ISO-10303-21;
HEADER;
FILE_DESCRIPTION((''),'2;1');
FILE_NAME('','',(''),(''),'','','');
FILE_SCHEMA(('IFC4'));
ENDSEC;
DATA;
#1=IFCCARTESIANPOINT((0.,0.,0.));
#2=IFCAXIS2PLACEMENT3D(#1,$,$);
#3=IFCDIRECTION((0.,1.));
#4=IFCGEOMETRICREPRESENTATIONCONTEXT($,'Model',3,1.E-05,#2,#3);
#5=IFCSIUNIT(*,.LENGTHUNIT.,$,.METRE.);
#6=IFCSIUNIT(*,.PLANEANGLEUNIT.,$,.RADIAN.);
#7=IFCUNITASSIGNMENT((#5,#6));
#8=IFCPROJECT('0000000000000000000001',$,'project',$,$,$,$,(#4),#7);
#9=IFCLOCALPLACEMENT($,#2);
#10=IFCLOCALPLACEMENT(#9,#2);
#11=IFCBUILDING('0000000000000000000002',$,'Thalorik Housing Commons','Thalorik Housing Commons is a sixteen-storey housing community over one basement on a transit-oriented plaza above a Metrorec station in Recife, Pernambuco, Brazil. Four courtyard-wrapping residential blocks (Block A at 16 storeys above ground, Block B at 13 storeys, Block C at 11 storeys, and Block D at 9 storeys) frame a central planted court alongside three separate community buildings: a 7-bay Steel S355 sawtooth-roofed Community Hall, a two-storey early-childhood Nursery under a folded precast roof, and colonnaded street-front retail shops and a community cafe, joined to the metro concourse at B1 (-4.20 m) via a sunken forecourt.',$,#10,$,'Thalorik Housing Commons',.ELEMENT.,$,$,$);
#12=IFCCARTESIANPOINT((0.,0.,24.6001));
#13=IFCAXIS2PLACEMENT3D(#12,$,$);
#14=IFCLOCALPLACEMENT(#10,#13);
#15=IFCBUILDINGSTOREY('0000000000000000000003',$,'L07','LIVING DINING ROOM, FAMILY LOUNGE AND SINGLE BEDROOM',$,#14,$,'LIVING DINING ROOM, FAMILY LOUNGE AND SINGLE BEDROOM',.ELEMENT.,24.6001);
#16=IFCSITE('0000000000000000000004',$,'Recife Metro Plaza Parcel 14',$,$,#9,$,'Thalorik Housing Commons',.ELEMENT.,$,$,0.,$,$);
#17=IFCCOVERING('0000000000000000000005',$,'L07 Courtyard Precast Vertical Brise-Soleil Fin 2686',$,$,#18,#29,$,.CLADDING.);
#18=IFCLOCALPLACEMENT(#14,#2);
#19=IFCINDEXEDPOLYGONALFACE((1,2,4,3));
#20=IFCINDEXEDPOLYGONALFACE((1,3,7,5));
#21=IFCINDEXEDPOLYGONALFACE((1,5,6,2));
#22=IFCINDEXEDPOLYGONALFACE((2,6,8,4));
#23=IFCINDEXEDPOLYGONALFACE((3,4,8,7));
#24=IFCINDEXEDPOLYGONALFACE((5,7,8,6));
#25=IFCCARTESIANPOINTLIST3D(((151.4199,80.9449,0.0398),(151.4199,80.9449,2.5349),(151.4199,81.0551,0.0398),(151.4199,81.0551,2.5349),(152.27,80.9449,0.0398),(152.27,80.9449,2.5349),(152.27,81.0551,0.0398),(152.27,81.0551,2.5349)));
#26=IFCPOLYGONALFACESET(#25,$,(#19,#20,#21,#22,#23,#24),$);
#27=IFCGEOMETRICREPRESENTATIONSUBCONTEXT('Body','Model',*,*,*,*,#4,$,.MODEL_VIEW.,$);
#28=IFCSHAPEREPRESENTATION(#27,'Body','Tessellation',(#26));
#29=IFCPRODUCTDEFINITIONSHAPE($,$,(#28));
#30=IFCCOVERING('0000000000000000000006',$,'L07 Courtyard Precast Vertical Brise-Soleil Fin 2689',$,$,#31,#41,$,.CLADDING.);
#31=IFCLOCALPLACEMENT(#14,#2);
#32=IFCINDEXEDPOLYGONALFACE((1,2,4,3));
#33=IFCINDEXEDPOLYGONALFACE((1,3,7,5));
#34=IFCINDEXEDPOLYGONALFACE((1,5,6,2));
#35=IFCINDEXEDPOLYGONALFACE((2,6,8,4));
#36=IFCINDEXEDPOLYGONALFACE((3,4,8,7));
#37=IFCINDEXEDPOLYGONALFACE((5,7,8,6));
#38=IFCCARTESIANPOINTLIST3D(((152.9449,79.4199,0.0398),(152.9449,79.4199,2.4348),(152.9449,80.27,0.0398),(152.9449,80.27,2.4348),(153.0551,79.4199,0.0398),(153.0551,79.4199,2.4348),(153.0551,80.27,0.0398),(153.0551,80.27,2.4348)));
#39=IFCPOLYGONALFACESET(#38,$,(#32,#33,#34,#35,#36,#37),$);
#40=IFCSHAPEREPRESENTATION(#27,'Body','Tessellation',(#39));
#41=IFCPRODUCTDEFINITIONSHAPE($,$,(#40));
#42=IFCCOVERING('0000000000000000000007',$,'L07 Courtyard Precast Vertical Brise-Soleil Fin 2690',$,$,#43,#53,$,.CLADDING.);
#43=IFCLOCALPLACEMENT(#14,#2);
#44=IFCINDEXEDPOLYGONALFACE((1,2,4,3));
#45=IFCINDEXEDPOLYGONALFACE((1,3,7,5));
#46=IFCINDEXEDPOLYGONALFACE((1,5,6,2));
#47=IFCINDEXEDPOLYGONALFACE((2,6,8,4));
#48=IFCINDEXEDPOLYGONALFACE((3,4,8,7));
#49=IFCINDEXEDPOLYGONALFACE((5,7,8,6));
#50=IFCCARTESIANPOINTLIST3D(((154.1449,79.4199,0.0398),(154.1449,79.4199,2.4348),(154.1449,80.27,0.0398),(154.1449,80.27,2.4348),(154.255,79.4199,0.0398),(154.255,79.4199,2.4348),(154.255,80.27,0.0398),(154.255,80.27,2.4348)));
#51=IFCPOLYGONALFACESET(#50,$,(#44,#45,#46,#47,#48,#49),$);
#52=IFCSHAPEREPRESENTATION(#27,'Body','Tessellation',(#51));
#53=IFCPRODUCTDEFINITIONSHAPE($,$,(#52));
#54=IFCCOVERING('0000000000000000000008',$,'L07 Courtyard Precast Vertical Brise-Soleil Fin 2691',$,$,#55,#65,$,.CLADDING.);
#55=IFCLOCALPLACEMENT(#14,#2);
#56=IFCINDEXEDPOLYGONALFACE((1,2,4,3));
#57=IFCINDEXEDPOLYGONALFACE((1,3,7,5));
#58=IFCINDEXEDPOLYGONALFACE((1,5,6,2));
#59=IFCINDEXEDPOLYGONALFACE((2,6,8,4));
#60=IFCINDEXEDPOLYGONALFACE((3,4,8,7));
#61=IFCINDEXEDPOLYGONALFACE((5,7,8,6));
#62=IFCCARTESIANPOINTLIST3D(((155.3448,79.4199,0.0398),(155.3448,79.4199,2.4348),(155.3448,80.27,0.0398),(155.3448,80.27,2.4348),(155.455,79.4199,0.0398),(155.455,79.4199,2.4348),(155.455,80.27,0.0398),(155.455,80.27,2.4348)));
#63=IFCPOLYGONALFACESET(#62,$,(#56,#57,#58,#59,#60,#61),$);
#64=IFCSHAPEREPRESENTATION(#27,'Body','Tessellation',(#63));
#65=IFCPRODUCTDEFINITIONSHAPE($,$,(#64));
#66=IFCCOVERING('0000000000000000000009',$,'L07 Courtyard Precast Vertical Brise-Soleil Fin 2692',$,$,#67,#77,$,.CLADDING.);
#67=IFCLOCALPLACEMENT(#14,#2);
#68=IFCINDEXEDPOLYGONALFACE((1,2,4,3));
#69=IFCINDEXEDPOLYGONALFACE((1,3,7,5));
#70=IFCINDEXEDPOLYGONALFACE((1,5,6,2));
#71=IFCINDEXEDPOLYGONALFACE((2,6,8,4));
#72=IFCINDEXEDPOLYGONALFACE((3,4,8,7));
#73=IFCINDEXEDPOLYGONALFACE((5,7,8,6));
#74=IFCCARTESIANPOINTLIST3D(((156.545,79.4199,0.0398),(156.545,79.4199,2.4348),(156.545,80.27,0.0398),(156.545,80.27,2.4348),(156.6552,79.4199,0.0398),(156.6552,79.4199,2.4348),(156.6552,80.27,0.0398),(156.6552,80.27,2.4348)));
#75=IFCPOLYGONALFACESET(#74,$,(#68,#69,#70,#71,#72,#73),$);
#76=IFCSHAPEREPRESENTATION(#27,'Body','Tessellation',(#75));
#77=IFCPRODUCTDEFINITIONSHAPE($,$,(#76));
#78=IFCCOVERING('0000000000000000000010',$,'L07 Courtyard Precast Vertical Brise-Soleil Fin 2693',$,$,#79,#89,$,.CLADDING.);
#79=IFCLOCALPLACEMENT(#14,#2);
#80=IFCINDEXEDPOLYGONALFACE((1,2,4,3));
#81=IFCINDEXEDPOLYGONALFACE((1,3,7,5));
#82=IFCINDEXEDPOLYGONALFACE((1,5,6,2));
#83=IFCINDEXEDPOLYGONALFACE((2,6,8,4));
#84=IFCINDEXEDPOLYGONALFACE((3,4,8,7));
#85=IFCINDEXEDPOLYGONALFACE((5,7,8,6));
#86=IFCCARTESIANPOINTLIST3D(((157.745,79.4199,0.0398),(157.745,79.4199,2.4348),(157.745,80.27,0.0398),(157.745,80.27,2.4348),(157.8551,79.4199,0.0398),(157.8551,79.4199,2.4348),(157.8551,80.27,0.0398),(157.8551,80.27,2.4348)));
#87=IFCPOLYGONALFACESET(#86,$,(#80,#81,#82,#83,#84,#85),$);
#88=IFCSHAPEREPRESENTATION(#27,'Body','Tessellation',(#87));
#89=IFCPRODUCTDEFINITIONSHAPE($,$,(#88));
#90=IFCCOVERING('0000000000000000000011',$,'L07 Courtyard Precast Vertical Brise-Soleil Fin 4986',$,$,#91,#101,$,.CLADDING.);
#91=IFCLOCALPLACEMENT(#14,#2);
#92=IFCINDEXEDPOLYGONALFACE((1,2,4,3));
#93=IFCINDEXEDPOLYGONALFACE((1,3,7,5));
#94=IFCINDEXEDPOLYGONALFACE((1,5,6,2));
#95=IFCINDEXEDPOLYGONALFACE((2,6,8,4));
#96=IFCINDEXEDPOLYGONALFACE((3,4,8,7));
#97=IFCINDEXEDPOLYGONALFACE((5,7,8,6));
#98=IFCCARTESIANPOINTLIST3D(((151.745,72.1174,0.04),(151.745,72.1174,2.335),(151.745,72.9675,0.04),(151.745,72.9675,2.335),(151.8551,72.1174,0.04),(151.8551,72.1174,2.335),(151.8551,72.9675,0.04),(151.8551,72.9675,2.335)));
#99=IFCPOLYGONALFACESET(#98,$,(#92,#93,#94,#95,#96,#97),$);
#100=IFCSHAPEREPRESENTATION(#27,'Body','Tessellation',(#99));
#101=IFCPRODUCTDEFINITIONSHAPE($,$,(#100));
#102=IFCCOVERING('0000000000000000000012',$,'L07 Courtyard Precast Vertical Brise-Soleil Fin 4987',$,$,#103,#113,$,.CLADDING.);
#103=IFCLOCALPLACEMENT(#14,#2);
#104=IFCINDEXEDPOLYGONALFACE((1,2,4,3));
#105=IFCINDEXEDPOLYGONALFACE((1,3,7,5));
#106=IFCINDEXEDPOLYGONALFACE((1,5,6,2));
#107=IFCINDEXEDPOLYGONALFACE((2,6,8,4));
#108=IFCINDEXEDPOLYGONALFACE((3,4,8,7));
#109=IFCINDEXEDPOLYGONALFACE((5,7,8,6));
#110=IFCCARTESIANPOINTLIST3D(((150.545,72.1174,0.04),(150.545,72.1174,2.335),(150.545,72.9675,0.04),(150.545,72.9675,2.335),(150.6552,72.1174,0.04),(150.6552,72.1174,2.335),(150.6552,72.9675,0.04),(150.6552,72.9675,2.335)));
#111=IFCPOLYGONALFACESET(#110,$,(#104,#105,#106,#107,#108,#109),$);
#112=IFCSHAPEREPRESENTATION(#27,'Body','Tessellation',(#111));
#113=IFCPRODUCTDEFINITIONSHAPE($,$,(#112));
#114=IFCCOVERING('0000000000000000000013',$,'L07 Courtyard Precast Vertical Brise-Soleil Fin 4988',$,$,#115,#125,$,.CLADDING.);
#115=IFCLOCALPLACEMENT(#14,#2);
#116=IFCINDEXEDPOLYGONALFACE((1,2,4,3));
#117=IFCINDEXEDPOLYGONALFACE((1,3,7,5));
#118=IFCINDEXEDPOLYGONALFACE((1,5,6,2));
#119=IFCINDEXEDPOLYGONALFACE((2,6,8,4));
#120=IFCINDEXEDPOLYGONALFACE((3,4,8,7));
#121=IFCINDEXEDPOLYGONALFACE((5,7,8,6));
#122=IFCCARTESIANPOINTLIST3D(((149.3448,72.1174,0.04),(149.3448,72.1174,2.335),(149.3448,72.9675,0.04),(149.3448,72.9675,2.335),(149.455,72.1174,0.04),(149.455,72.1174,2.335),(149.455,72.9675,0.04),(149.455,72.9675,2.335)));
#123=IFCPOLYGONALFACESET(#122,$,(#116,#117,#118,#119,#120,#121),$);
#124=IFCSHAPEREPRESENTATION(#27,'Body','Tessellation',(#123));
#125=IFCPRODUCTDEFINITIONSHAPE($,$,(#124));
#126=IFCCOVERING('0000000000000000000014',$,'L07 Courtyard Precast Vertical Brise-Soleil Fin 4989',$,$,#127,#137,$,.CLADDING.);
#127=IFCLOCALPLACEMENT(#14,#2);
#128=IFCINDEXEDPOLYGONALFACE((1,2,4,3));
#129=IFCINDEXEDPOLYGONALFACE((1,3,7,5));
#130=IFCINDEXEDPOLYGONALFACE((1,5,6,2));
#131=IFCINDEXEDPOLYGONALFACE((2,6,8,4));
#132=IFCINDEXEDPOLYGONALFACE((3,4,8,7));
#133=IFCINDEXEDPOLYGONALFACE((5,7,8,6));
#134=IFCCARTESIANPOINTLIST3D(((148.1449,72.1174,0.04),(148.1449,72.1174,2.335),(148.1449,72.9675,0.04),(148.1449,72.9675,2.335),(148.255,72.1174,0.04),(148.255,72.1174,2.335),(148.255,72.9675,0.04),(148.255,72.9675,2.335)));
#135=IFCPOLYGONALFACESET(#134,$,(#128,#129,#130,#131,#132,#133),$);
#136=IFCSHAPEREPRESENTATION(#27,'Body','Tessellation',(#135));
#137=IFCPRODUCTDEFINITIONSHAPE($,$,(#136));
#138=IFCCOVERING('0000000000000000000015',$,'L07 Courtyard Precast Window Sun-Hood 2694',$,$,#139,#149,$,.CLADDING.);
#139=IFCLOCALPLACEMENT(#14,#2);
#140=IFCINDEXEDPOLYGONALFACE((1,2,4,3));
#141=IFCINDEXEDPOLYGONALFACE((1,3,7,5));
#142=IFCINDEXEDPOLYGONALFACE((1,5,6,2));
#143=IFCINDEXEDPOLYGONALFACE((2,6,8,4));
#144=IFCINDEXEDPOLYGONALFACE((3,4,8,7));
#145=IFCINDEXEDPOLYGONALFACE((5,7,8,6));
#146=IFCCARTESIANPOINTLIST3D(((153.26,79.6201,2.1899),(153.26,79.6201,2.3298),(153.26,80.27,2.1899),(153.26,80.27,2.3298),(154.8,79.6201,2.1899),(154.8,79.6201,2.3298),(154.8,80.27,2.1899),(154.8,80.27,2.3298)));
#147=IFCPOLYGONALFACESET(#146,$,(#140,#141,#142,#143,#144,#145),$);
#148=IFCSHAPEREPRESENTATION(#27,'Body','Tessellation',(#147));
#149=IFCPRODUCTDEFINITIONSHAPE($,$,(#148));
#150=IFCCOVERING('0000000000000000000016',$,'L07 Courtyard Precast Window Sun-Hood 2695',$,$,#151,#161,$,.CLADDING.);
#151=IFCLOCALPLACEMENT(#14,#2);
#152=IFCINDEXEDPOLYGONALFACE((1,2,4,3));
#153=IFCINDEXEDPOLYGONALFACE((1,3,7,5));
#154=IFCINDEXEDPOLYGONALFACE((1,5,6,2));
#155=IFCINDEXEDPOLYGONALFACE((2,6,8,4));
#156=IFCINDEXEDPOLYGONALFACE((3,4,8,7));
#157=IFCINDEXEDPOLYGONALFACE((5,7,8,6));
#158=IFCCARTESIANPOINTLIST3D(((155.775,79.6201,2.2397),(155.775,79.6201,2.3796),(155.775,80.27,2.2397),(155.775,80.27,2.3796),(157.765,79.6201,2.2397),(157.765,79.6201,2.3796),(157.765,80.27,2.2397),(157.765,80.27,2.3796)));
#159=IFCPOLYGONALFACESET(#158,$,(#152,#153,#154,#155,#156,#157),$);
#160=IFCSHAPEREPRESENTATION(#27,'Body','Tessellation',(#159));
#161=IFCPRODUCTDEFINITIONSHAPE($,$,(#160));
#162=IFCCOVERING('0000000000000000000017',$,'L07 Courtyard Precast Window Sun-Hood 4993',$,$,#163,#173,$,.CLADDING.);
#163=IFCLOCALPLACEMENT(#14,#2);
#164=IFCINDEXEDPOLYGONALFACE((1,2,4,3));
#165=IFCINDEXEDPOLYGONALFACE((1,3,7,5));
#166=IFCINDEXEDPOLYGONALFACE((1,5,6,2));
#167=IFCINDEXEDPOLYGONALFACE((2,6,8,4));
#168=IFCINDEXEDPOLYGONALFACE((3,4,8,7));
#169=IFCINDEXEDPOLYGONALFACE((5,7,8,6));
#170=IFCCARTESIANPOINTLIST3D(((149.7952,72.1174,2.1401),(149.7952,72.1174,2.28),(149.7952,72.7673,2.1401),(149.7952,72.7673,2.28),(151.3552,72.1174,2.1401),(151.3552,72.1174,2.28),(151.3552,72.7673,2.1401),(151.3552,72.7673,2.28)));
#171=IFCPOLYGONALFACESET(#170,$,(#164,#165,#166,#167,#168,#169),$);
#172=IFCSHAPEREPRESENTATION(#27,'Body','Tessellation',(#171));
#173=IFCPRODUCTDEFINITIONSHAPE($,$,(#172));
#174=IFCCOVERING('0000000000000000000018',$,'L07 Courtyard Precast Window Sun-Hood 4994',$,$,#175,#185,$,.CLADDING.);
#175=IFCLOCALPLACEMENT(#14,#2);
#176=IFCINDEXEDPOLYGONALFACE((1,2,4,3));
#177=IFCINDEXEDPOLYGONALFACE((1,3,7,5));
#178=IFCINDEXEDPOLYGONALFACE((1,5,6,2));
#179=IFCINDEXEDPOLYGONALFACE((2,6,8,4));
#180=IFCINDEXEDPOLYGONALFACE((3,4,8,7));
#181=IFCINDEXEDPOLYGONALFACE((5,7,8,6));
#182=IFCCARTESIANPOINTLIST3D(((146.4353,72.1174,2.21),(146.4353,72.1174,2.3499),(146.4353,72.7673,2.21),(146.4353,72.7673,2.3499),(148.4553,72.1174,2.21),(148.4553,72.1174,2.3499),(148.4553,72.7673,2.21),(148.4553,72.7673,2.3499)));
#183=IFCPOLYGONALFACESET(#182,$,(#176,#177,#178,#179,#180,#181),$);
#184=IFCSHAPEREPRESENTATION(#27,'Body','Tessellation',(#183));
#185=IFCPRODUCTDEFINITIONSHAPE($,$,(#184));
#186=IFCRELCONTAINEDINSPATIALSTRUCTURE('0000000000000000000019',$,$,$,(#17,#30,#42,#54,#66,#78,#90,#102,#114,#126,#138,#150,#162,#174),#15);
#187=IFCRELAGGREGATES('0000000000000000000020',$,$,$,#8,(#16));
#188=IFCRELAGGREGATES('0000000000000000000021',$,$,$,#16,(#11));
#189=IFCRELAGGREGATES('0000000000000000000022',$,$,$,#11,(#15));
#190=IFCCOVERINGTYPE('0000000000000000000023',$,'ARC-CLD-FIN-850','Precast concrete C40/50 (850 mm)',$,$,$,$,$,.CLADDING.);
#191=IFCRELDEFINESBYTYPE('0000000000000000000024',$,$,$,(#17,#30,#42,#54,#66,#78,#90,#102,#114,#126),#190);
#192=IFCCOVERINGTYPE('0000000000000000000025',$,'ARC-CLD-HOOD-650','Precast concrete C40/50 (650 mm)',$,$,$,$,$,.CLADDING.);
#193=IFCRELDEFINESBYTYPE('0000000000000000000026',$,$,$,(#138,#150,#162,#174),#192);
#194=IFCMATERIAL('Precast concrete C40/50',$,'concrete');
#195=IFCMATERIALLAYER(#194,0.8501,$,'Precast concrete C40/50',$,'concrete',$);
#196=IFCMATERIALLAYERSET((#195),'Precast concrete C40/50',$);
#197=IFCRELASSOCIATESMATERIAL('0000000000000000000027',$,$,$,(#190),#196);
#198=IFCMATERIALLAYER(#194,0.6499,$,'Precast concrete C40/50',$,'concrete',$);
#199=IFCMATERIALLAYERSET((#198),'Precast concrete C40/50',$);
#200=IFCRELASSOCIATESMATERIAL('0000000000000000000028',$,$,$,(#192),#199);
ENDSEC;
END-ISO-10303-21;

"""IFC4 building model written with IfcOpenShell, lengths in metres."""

from ifc_helpers import new_model, si_unit, direction, frame, origin, origin_2d, place, context, subcontext, project, spatial, rectangle, extrude, material, layer, layer_set, type_object, element, save


model = new_model("IFC4")

# Units and contexts
model_context = context("Model", 3, precision=1e-05, world=origin(), true_north=direction((0.0, 1.0)))
body_context = subcontext(model_context, "Body", "Model", "MODEL_VIEW")
ifc_project = project(units=[si_unit("LENGTHUNIT", "METRE"), si_unit("PLANEANGLEUNIT", "RADIAN")], contexts=[model_context])

# Site, building, storey
site_placement = place(None, origin())
site = spatial("IfcSite", under=ifc_project, at=site_placement, Name="Recife Metro Plaza Parcel 14", LongName="Thalorik Housing Commons", CompositionType="ELEMENT", RefElevation=0.0)
building_placement = place(site_placement, origin())
building = spatial("IfcBuilding", under=site, at=building_placement, Name="Thalorik Housing Commons", Description="Thalorik Housing Commons is a sixteen-storey housing community over one basement on a transit-oriented plaza above a Metrorec station in Recife, Pernambuco, Brazil. Four courtyard-wrapping residential blocks (Block A at 16 storeys above ground, Block B at 13 storeys, Block C at 11 storeys, and Block D at 9 storeys) frame a central planted court alongside three separate community buildings: a 7-bay Steel S355 sawtooth-roofed Community Hall, a two-storey early-childhood Nursery under a folded precast roof, and colonnaded street-front retail shops and a community cafe, joined to the metro concourse at B1 (-4.20 m) via a sunken forecourt.", LongName="Thalorik Housing Commons", CompositionType="ELEMENT")
storey_placement = place(building_placement, frame((0.0, 0.0, 24.6001)))
storey = spatial("IfcBuildingStorey", under=building, at=storey_placement, Name="L07", Description="LIVING DINING ROOM, FAMILY LOUNGE AND SINGLE BEDROOM", LongName="LIVING DINING ROOM, FAMILY LOUNGE AND SINGLE BEDROOM", CompositionType="ELEMENT", Elevation=24.6001)

# Shared definitions
ifc_material_1 = material(Name="Precast concrete C40/50", Category="concrete")

# Coverings
ifc_layer_1 = layer(ifc_material_1, 0.8501, Name="Precast concrete C40/50", Category="concrete")
ifc_layer_set_1 = layer_set([ifc_layer_1], Name="Precast concrete C40/50")
covering_type_1 = type_object("IfcCoveringType", Name="ARC-CLD-FIN-850", Description="Precast concrete C40/50 (850 mm)", PredefinedType="CLADDING", material=ifc_layer_set_1)
covering_1_placement = place(storey_placement, frame((151.845, 81.0, 0.0398), z_axis=(0.0, 0.0, 1.0), x_axis=(0.0, -1.0, 0.0)))
element("IfcCovering", 1, at=covering_1_placement, inside=storey, type_object=covering_type_1, Name="L07 Courtyard Precast Vertical Brise-Soleil Fin 2686", PredefinedType="CLADDING", context=body_context, shape_type="SweptSolid", body=[
    extrude(rectangle(XDim=0.1101, YDim=0.8501, at=origin_2d()), origin(), (0.0, 0.0, 1.0), 2.4951),
])
for number, where, z_axis, x_axis, name in (
    (2, (153.0, 79.845, 0.0398), (0.0, 0.0, 1.0), (1.0, 0.0, 0.0), "L07 Courtyard Precast Vertical Brise-Soleil Fin 2689"),
    (3, (154.2, 79.845, 0.0398), (0.0, 0.0, 1.0), (1.0, 0.0, 0.0), "L07 Courtyard Precast Vertical Brise-Soleil Fin 2690"),
    (4, (155.3999, 79.845, 0.0398), (0.0, 0.0, 1.0), (1.0, 0.0, 0.0), "L07 Courtyard Precast Vertical Brise-Soleil Fin 2691"),
    (5, (156.6001, 79.845, 0.0398), (0.0, 0.0, 1.0), (1.0, 0.0, 0.0), "L07 Courtyard Precast Vertical Brise-Soleil Fin 2692"),
    (6, (157.8, 79.845, 0.0398), (0.0, 0.0, 1.0), (1.0, 0.0, 0.0), "L07 Courtyard Precast Vertical Brise-Soleil Fin 2693"),
):
    element("IfcCovering", number, at=place(storey_placement, frame(where, z_axis=z_axis, x_axis=x_axis)), inside=storey, type_object=covering_type_1, Name=name, PredefinedType="CLADDING", context=body_context, shape_type="SweptSolid", body=[
        extrude(rectangle(XDim=0.1101, YDim=0.8501, at=origin_2d()), origin(), (0.0, 0.0, 1.0), 2.395),
    ])
for number, where, z_axis, x_axis, name in (
    (7, (151.8, 72.5425, 0.04), (0.0, 0.0, 1.0), (-1.0, 0.0, 0.0), "L07 Courtyard Precast Vertical Brise-Soleil Fin 4986"),
    (8, (150.6001, 72.5425, 0.04), (0.0, 0.0, 1.0), (-1.0, 0.0, 0.0), "L07 Courtyard Precast Vertical Brise-Soleil Fin 4987"),
    (9, (149.3999, 72.5425, 0.04), (0.0, 0.0, 1.0), (-1.0, 0.0, 0.0), "L07 Courtyard Precast Vertical Brise-Soleil Fin 4988"),
    (10, (148.2, 72.5425, 0.04), (0.0, 0.0, 1.0), (-1.0, 0.0, 0.0), "L07 Courtyard Precast Vertical Brise-Soleil Fin 4989"),
):
    element("IfcCovering", number, at=place(storey_placement, frame(where, z_axis=z_axis, x_axis=x_axis)), inside=storey, type_object=covering_type_1, Name=name, PredefinedType="CLADDING", context=body_context, shape_type="SweptSolid", body=[
        extrude(rectangle(XDim=0.1101, YDim=0.8501, at=origin_2d()), origin(), (0.0, 0.0, 1.0), 2.2949),
    ])
ifc_layer_2 = layer(ifc_material_1, 0.6499, Name="Precast concrete C40/50", Category="concrete")
ifc_layer_set_2 = layer_set([ifc_layer_2], Name="Precast concrete C40/50")
covering_type_2 = type_object("IfcCoveringType", Name="ARC-CLD-HOOD-650", Description="Precast concrete C40/50 (650 mm)", PredefinedType="CLADDING", material=ifc_layer_set_2)
covering_2_placement = place(storey_placement, frame((154.03, 79.9451, 2.1899), z_axis=(0.0, 0.0, 1.0), x_axis=(1.0, 0.0, 0.0)))
element("IfcCovering", 11, at=covering_2_placement, inside=storey, type_object=covering_type_2, Name="L07 Courtyard Precast Window Sun-Hood 2694", PredefinedType="CLADDING", context=body_context, shape_type="SweptSolid", body=[
    extrude(rectangle(XDim=1.54, YDim=0.6499, at=origin_2d()), origin(), (0.0, 0.0, 1.0), 0.1399),
])
covering_3_placement = place(storey_placement, frame((156.77, 79.9451, 2.2397), z_axis=(0.0, 0.0, 1.0), x_axis=(1.0, 0.0, 0.0)))
element("IfcCovering", 12, at=covering_3_placement, inside=storey, type_object=covering_type_2, Name="L07 Courtyard Precast Window Sun-Hood 2695", PredefinedType="CLADDING", context=body_context, shape_type="SweptSolid", body=[
    extrude(rectangle(XDim=1.99, YDim=0.6499, at=origin_2d()), origin(), (0.0, 0.0, 1.0), 0.1399),
])
covering_4_placement = place(storey_placement, frame((150.5752, 72.4424, 2.1401), z_axis=(0.0, 0.0, 1.0), x_axis=(-1.0, 0.0, 0.0)))
element("IfcCovering", 13, at=covering_4_placement, inside=storey, type_object=covering_type_2, Name="L07 Courtyard Precast Window Sun-Hood 4993", PredefinedType="CLADDING", context=body_context, shape_type="SweptSolid", body=[
    extrude(rectangle(XDim=1.5601, YDim=0.6499, at=origin_2d()), origin(), (0.0, 0.0, 1.0), 0.1399),
])
covering_5_placement = place(storey_placement, frame((147.4453, 72.4424, 2.21), z_axis=(0.0, 0.0, 1.0), x_axis=(-1.0, 0.0, 0.0)))
element("IfcCovering", 14, at=covering_5_placement, inside=storey, type_object=covering_type_2, Name="L07 Courtyard Precast Window Sun-Hood 4994", PredefinedType="CLADDING", context=body_context, shape_type="SweptSolid", body=[
    extrude(rectangle(XDim=2.02, YDim=0.6499, at=origin_2d()), origin(), (0.0, 0.0, 1.0), 0.1399),
])

save(model, "model.ifc")
